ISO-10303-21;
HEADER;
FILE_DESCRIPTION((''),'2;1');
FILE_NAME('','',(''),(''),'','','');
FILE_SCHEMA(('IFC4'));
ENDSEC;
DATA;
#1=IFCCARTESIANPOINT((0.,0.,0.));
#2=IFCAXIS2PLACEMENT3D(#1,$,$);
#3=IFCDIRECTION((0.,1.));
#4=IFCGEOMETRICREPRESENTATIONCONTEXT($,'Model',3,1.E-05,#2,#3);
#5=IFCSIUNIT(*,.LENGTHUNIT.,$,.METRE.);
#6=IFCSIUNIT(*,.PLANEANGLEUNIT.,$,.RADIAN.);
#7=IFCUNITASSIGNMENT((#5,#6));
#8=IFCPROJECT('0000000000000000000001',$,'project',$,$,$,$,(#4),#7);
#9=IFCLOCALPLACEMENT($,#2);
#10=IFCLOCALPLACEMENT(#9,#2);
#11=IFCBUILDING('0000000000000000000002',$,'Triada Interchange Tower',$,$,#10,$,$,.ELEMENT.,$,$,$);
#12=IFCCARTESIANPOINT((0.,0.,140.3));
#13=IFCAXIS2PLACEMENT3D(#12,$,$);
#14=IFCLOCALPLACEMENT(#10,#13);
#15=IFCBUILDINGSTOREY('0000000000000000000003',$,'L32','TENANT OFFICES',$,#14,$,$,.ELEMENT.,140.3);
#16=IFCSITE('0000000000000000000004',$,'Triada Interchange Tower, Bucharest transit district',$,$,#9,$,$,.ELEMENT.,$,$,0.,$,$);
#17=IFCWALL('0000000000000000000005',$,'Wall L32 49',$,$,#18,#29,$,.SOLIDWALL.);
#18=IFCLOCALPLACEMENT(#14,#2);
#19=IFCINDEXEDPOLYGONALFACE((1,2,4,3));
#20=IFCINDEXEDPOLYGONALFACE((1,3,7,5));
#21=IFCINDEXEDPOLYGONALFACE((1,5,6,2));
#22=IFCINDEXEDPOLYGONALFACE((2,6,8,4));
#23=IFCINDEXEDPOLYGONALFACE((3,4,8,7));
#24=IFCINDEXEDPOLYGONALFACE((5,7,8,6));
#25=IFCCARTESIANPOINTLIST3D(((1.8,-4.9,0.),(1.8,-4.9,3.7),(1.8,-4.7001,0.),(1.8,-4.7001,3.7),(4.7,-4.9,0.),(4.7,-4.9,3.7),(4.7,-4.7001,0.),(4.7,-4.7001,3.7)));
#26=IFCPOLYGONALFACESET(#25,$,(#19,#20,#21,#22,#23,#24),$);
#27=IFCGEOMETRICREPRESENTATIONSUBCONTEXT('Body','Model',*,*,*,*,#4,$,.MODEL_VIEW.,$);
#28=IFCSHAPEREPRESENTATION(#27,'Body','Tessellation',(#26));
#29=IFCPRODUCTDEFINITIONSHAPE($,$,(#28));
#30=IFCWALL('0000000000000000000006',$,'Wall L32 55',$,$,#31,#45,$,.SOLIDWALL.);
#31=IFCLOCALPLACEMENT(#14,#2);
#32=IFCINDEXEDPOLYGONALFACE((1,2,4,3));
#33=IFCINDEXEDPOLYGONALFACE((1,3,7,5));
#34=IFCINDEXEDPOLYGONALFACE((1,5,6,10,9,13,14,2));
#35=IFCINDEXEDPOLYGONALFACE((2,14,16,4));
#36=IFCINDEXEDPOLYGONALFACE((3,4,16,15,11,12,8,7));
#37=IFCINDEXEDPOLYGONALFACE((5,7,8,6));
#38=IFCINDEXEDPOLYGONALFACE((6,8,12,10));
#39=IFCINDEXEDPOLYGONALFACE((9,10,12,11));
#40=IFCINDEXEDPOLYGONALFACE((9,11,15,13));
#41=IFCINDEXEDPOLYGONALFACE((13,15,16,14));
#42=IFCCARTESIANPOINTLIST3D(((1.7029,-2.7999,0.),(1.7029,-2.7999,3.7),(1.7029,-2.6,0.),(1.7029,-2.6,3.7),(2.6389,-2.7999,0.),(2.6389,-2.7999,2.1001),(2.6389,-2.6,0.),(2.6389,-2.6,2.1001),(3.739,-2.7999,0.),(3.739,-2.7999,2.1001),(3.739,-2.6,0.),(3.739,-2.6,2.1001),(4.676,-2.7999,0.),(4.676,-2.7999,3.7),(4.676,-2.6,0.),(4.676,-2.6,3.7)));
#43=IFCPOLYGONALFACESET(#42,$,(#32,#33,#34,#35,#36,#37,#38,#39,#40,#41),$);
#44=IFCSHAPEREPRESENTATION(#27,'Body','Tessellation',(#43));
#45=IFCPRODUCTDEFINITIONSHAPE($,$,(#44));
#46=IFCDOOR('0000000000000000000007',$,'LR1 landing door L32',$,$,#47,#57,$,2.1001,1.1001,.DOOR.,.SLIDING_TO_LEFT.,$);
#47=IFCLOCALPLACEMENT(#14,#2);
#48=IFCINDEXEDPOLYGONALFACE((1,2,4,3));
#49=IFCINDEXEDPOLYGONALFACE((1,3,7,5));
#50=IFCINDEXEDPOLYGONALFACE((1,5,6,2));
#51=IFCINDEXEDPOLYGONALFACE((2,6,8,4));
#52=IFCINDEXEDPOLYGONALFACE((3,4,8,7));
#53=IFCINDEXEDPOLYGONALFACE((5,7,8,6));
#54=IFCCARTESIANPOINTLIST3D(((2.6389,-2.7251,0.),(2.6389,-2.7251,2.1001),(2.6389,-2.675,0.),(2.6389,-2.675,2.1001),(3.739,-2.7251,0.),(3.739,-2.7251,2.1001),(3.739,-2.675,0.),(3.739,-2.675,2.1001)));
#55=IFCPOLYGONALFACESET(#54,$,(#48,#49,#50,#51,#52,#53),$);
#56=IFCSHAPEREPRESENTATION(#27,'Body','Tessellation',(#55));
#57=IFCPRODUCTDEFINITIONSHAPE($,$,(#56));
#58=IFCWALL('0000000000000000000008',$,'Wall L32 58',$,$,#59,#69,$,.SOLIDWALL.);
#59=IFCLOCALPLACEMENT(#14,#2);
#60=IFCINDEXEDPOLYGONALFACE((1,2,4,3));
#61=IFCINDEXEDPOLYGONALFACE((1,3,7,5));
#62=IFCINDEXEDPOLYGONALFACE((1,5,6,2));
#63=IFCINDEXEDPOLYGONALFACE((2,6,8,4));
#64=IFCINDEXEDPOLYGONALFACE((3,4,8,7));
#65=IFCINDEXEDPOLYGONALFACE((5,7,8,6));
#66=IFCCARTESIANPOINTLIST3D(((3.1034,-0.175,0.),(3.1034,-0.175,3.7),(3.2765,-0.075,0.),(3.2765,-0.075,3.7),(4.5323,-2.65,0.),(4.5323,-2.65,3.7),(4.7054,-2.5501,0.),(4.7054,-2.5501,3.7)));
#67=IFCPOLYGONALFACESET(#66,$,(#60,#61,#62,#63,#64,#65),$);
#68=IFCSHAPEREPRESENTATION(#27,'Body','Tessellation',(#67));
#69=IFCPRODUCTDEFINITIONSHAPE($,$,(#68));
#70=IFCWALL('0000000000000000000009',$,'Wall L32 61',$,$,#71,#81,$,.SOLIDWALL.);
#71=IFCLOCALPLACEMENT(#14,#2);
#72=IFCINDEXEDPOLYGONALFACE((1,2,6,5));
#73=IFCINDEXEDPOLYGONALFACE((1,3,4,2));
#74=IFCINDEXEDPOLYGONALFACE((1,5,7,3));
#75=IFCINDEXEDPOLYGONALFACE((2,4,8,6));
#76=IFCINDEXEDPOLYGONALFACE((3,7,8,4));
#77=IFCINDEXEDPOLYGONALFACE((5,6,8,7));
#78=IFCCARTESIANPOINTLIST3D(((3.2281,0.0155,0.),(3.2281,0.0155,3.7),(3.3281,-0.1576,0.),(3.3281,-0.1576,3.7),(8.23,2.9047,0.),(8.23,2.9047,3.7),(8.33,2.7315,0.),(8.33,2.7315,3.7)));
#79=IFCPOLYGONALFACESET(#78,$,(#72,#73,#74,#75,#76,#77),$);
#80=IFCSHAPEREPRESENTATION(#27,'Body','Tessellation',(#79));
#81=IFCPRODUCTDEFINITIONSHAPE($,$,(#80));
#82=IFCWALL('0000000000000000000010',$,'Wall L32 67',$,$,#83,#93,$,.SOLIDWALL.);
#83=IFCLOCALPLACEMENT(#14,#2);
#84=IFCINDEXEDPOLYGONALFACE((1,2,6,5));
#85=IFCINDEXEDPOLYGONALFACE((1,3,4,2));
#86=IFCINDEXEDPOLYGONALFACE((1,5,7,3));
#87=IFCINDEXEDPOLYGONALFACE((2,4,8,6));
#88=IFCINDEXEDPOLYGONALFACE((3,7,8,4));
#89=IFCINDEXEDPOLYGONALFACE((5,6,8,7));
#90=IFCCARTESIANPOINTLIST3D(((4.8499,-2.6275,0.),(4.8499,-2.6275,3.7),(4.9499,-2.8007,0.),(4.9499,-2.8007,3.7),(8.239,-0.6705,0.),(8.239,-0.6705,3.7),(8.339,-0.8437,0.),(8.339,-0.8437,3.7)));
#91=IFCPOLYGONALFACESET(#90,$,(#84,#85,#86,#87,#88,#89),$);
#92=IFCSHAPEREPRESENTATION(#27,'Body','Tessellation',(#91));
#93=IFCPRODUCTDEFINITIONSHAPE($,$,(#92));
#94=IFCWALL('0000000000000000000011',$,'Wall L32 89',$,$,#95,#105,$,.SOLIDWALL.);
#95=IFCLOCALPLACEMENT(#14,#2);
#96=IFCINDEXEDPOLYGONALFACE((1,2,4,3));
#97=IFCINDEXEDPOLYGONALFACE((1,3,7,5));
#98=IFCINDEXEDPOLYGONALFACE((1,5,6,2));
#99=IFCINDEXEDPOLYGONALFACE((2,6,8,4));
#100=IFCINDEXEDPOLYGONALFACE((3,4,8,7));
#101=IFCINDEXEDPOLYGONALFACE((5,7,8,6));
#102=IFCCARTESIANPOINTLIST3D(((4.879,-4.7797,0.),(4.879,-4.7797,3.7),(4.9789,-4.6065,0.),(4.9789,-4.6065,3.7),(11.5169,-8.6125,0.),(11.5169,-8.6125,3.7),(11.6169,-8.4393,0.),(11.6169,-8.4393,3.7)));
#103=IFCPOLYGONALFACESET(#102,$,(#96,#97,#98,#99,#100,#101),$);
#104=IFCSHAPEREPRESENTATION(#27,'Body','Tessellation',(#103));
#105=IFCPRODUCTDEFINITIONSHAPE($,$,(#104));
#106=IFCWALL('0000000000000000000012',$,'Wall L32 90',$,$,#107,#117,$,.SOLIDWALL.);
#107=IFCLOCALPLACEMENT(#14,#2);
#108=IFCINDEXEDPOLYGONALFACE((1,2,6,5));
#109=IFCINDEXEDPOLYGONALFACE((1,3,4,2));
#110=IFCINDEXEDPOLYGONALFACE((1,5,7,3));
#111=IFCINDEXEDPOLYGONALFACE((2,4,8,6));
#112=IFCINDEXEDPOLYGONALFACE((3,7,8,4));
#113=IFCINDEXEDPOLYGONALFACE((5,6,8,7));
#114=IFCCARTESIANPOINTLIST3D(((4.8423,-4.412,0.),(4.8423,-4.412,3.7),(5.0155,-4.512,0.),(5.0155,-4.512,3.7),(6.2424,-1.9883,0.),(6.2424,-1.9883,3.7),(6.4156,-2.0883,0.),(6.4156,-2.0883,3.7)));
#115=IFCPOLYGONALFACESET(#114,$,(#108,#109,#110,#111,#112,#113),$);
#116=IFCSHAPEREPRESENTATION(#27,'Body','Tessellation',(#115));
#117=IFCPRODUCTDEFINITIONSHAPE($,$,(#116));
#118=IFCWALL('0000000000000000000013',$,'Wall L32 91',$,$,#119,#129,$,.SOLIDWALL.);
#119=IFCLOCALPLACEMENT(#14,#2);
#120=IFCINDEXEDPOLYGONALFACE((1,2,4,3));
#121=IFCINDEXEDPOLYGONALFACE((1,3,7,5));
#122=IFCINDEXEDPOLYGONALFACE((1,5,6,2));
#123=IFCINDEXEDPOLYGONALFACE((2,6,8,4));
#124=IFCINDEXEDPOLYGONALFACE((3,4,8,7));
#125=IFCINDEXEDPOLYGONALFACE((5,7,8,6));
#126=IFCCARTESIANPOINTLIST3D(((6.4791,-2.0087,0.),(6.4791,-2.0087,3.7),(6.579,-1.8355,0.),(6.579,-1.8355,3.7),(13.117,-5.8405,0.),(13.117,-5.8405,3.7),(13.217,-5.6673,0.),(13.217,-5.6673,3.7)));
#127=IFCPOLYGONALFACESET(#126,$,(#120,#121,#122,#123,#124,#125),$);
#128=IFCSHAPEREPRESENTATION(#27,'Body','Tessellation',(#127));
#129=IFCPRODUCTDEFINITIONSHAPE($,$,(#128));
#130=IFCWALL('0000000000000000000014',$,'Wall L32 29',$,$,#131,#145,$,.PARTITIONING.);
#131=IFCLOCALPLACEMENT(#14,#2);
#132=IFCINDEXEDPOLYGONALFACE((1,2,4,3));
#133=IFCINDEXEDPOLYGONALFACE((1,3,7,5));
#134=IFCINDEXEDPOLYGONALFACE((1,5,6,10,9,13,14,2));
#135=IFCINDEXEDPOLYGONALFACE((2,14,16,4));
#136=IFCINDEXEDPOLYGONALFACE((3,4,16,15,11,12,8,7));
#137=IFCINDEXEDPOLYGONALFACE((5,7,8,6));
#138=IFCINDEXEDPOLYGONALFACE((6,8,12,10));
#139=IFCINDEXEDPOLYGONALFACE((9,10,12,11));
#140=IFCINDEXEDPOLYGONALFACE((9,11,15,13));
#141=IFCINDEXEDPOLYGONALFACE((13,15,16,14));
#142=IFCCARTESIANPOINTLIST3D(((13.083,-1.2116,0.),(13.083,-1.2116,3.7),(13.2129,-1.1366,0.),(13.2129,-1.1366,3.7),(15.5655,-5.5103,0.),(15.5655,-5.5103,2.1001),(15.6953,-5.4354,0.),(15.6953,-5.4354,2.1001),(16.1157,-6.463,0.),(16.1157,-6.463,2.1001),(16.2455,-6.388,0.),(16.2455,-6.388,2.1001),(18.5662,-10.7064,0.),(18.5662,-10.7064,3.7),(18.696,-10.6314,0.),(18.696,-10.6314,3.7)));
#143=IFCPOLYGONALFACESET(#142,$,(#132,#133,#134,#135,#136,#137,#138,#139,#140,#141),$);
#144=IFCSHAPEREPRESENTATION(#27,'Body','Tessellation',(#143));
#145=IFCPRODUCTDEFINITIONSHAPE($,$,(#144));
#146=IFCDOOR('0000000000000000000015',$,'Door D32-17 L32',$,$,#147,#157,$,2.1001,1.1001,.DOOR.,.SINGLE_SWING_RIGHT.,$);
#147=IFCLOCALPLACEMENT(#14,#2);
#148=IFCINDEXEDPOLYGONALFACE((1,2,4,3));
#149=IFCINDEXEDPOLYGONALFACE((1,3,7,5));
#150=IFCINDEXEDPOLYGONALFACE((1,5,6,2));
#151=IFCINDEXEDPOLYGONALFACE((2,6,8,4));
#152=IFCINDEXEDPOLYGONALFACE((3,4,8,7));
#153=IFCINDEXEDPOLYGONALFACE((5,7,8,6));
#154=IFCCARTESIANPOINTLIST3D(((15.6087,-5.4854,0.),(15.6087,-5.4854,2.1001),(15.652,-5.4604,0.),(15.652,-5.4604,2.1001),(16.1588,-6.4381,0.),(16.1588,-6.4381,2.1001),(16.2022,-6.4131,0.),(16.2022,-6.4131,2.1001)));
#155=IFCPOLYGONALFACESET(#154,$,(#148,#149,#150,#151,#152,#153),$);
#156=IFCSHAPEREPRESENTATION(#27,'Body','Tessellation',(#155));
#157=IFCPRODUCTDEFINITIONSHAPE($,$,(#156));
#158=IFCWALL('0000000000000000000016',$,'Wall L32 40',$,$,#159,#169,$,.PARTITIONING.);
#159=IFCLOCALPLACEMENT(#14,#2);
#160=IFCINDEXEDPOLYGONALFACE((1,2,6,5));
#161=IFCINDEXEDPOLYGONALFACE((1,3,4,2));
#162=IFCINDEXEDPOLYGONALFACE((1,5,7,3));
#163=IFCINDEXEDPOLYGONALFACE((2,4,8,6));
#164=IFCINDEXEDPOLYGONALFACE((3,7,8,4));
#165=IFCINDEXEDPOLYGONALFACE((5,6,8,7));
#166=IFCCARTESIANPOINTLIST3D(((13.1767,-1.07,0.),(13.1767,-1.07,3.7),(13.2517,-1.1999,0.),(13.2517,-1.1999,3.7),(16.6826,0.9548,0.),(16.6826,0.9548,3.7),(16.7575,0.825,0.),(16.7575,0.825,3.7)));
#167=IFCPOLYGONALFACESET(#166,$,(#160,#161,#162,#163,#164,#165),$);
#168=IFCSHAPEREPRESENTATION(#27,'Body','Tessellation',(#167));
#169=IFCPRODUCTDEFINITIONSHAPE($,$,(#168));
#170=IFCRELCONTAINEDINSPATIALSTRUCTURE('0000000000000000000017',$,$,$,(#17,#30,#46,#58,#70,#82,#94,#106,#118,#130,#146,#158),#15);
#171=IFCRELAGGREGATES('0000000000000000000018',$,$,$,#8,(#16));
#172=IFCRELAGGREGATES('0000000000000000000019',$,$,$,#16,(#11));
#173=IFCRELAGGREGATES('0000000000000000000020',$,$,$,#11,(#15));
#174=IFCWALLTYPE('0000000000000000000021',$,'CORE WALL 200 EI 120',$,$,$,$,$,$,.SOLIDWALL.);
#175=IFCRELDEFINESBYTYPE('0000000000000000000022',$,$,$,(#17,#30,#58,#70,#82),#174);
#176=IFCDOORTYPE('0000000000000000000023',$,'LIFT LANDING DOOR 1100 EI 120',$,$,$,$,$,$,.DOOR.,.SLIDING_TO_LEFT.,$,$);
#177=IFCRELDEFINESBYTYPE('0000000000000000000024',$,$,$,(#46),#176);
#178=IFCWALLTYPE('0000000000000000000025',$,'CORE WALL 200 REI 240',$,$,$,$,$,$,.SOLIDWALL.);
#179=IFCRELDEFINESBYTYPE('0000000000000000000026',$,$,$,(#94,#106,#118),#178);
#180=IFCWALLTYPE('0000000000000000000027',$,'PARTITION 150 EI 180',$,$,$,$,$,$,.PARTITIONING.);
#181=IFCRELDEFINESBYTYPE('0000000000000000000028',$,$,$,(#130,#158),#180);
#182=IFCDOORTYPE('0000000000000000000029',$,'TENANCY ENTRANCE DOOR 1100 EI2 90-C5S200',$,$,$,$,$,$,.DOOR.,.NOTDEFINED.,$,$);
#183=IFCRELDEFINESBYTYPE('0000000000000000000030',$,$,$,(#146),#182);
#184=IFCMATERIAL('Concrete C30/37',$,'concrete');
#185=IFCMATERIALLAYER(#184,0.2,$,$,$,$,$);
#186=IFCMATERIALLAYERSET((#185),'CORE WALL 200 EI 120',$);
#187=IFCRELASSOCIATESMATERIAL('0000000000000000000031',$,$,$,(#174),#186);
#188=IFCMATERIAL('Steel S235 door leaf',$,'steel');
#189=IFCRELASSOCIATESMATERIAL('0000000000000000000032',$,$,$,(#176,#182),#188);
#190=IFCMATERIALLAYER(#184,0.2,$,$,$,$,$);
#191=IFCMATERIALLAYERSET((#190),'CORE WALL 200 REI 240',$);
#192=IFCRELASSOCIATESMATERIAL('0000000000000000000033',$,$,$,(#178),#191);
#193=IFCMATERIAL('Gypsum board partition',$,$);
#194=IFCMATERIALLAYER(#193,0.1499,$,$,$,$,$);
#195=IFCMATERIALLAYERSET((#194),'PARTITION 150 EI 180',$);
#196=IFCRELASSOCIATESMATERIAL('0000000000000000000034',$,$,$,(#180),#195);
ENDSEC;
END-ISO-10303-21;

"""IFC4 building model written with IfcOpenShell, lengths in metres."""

from ifc_helpers import new_model, si_unit, direction, frame, frame_2d, origin, place, context, subcontext, project, spatial, rectangle, extrude, material, layer, layer_set, type_object, element, fill, save


model = new_model("IFC4")

# Units and contexts
model_context = context("Model", 3, precision=1e-05, world=origin(), true_north=direction((0.0, 1.0)))
body_context = subcontext(model_context, "Body", "Model", "MODEL_VIEW")
ifc_project = project(units=[si_unit("LENGTHUNIT", "METRE"), si_unit("PLANEANGLEUNIT", "RADIAN")], contexts=[model_context])

# Site, building, storey
site_placement = place(None, origin())
site = spatial("IfcSite", under=ifc_project, at=site_placement, Name="Triada Interchange Tower, Bucharest transit district", CompositionType="ELEMENT", RefElevation=0.0)
building_placement = place(site_placement, origin())
building = spatial("IfcBuilding", under=site, at=building_placement, Name="Triada Interchange Tower", CompositionType="ELEMENT")
storey_placement = place(building_placement, frame((0.0, 0.0, 140.3)))
storey = spatial("IfcBuildingStorey", under=building, at=storey_placement, Name="L32", Description="TENANT OFFICES", CompositionType="ELEMENT", Elevation=140.3)

# Wall
ifc_material_1 = material(Name="Concrete C30/37", Category="concrete")
ifc_layer_1 = layer(ifc_material_1, 0.2)
ifc_layer_set_1 = layer_set([ifc_layer_1], Name="CORE WALL 200 EI 120")
wall_type_1 = type_object("IfcWallType", Name="CORE WALL 200 EI 120", PredefinedType="SOLIDWALL", material=ifc_layer_set_1)
wall_1_placement = place(storey_placement, frame((1.8, -4.8, 0.0), z_axis=(0.0, 0.0, 1.0), x_axis=(1.0, 0.0, 0.0)))
element("IfcWall", 1, at=wall_1_placement, inside=storey, type_object=wall_type_1, Name="Wall L32 49", PredefinedType="SOLIDWALL", context=body_context, shape_type="SweptSolid", body=[
    extrude(rectangle(XDim=2.8999, YDim=0.2, at=frame_2d((1.45, 0.0))), origin(), (0.0, 0.0, 1.0), 3.7),
])

# Wall, opening, door
wall_2_placement = place(storey_placement, frame((1.7029, -2.7, 0.0), z_axis=(0.0, 0.0, 1.0), x_axis=(1.0, 0.0, 0.0)))
wall_2 = element("IfcWall", 2, at=wall_2_placement, inside=storey, type_object=wall_type_1, Name="Wall L32 55", PredefinedType="SOLIDWALL", context=body_context, shape_type="SweptSolid", body=[
    extrude(rectangle(XDim=2.9731, YDim=0.2, at=frame_2d((1.4866, 0.0))), origin(), (0.0, 0.0, 1.0), 3.7),
])
opening_1_placement = place(wall_2_placement, frame((0.936, 0.0, 0.0)))
opening_1 = element("IfcOpeningElement", 3, at=opening_1_placement, cuts=wall_2, PredefinedType="OPENING", context=body_context, shape_type="SweptSolid", body=[
    extrude(rectangle(XDim=1.1001, YDim=2.1001, at=frame_2d((0.55, 1.05))), frame((0.0, 0.1099, 0.0), z_axis=(0.0, -1.0, 0.0), x_axis=(1.0, 0.0, 0.0)), (0.0, 0.0, 1.0), 0.22),
])
ifc_material_2 = material(Name="Steel S235 door leaf", Category="steel")
door_type_1 = type_object("IfcDoorType", Name="LIFT LANDING DOOR 1100 EI 120", OperationType="SLIDING_TO_LEFT", PredefinedType="DOOR", material=ifc_material_2)
door_1_placement = place(opening_1_placement, origin())
door_1 = element("IfcDoor", 4, at=door_1_placement, inside=storey, type_object=door_type_1, Name="LR1 landing door L32", OperationType="SLIDING_TO_LEFT", OverallHeight=2.1001, OverallWidth=1.1001, PredefinedType="DOOR", context=body_context, shape_type="SweptSolid", body=[
    extrude(rectangle(XDim=1.1001, YDim=2.1001, at=frame_2d((0.55, 1.05))), frame((0.0, 0.0249, 0.0), z_axis=(0.0, -1.0, 0.0), x_axis=(1.0, 0.0, 0.0)), (0.0, 0.0, 1.0), 0.05),
])
fill(opening_1, door_1)

# Walls
wall_3_placement = place(storey_placement, frame((3.1899, -0.125, 0.0), z_axis=(0.0, 0.0, 1.0), x_axis=(0.499989, -0.866032, 0.0)))
element("IfcWall", 5, at=wall_3_placement, inside=storey, type_object=wall_type_1, Name="Wall L32 58", PredefinedType="SOLIDWALL", context=body_context, shape_type="SweptSolid", body=[
    extrude(rectangle(XDim=2.8579, YDim=0.2, at=frame_2d((1.429, 0.0))), origin(), (0.0, 0.0, 1.0), 3.7),
])
wall_4_placement = place(storey_placement, frame((3.2781, -0.071, 0.0), z_axis=(0.0, 0.0, 1.0), x_axis=(0.865929, 0.500166, 0.0)))
element("IfcWall", 6, at=wall_4_placement, inside=storey, type_object=wall_type_1, Name="Wall L32 61", PredefinedType="SOLIDWALL", context=body_context, shape_type="SweptSolid", body=[
    extrude(rectangle(XDim=5.7764, YDim=0.2, at=frame_2d((2.8882, 0.0))), origin(), (0.0, 0.0, 1.0), 3.7),
])
wall_5_placement = place(storey_placement, frame((4.8999, -2.7141, 0.0), z_axis=(0.0, 0.0, 1.0), x_axis=(0.865992, 0.500057, 0.0)))
element("IfcWall", 7, at=wall_5_placement, inside=storey, type_object=wall_type_1, Name="Wall L32 67", PredefinedType="SOLIDWALL", context=body_context, shape_type="SweptSolid", body=[
    extrude(rectangle(XDim=3.9136, YDim=0.2, at=frame_2d((1.9568, 0.0))), origin(), (0.0, 0.0, 1.0), 3.7),
])
ifc_layer_2 = layer(ifc_material_1, 0.2)
ifc_layer_set_2 = layer_set([ifc_layer_2], Name="CORE WALL 200 REI 240")
wall_type_2 = type_object("IfcWallType", Name="CORE WALL 200 REI 240", PredefinedType="SOLIDWALL", material=ifc_layer_set_2)
wall_6_placement = place(storey_placement, frame((4.929, -4.6931, 0.0), z_axis=(0.0, 0.0, 1.0), x_axis=(0.866006, -0.500034, 0.0)))
element("IfcWall", 8, at=wall_6_placement, inside=storey, type_object=wall_type_2, Name="Wall L32 89", PredefinedType="SOLIDWALL", context=body_context, shape_type="SweptSolid", body=[
    extrude(rectangle(XDim=7.665, YDim=0.2, at=frame_2d((3.8325, 0.0))), origin(), (0.0, 0.0, 1.0), 3.7),
])
wall_7_placement = place(storey_placement, frame((4.929, -4.4619, 0.0), z_axis=(0.0, 0.0, 1.0), x_axis=(0.500201, 0.86591, 0.0)))
element("IfcWall", 9, at=wall_7_placement, inside=storey, type_object=wall_type_2, Name="Wall L32 90", PredefinedType="SOLIDWALL", context=body_context, shape_type="SweptSolid", body=[
    extrude(rectangle(XDim=2.7991, YDim=0.2, at=frame_2d((1.3994, 0.0))), origin(), (0.0, 0.0, 1.0), 3.7),
])
wall_8_placement = place(storey_placement, frame((6.5291, -1.9221, 0.0), z_axis=(0.0, 0.0, 1.0), x_axis=(0.866061, -0.499938, 0.0)))
element("IfcWall", 10, at=wall_8_placement, inside=storey, type_object=wall_type_2, Name="Wall L32 91", PredefinedType="SOLIDWALL", context=body_context, shape_type="SweptSolid", body=[
    extrude(rectangle(XDim=7.6646, YDim=0.2, at=frame_2d((3.8323, 0.0))), origin(), (0.0, 0.0, 1.0), 3.7),
])

# Wall, opening, door
ifc_material_3 = material(Name="Gypsum board partition")
ifc_layer_3 = layer(ifc_material_3, 0.1499)
ifc_layer_set_3 = layer_set([ifc_layer_3], Name="PARTITION 150 EI 180")
wall_type_3 = type_object("IfcWallType", Name="PARTITION 150 EI 180", PredefinedType="PARTITIONING", material=ifc_layer_set_3)
wall_9_placement = place(storey_placement, frame((13.1479, -1.1741, 0.0), z_axis=(0.0, 0.0, 1.0), x_axis=(0.500088, -0.865975, 0.0)))
wall_9 = element("IfcWall", 11, at=wall_9_placement, inside=storey, type_object=wall_type_3, Name="Wall L32 29", PredefinedType="PARTITIONING", context=body_context, shape_type="SweptSolid", body=[
    extrude(rectangle(XDim=10.9644, YDim=0.1499, at=frame_2d((5.4822, 0.0))), origin(), (0.0, 0.0, 1.0), 3.7),
])
opening_2_placement = place(wall_9_placement, frame((4.9641, 0.0, 0.0)))
opening_2 = element("IfcOpeningElement", 12, at=opening_2_placement, cuts=wall_9, PredefinedType="OPENING", context=body_context, shape_type="SweptSolid", body=[
    extrude(rectangle(XDim=1.1001, YDim=2.1001, at=frame_2d((0.55, 1.05))), frame((0.0, 0.085, 0.0), z_axis=(0.0, -1.0, 0.0), x_axis=(1.0, 0.0, 0.0)), (0.0, 0.0, 1.0), 0.1699),
])
door_type_2 = type_object("IfcDoorType", Name="TENANCY ENTRANCE DOOR 1100 EI2 90-C5S200", OperationType="NOTDEFINED", PredefinedType="DOOR", material=ifc_material_2)
door_2_placement = place(opening_2_placement, origin())
door_2 = element("IfcDoor", 13, at=door_2_placement, inside=storey, type_object=door_type_2, Name="Door D32-17 L32", OperationType="SINGLE_SWING_RIGHT", OverallHeight=2.1001, OverallWidth=1.1001, PredefinedType="DOOR", context=body_context, shape_type="SweptSolid", body=[
    extrude(rectangle(XDim=1.1001, YDim=2.1001, at=frame_2d((0.55, 1.05))), frame((0.0, 0.0249, 0.0), z_axis=(0.0, -1.0, 0.0), x_axis=(1.0, 0.0, 0.0)), (0.0, 0.0, 1.0), 0.05),
])
fill(opening_2, door_2)

# Wall
wall_10_placement = place(storey_placement, frame((13.2141, -1.135, 0.0), z_axis=(0.0, 0.0, 1.0), x_axis=(0.865941, 0.500147, 0.0)))
element("IfcWall", 14, at=wall_10_placement, inside=storey, type_object=wall_type_3, Name="Wall L32 40", PredefinedType="PARTITIONING", context=body_context, shape_type="SweptSolid", body=[
    extrude(rectangle(XDim=4.0486, YDim=0.1499, at=frame_2d((2.0244, 0.0))), origin(), (0.0, 0.0, 1.0), 3.7),
])

save(model, "model.ifc")
